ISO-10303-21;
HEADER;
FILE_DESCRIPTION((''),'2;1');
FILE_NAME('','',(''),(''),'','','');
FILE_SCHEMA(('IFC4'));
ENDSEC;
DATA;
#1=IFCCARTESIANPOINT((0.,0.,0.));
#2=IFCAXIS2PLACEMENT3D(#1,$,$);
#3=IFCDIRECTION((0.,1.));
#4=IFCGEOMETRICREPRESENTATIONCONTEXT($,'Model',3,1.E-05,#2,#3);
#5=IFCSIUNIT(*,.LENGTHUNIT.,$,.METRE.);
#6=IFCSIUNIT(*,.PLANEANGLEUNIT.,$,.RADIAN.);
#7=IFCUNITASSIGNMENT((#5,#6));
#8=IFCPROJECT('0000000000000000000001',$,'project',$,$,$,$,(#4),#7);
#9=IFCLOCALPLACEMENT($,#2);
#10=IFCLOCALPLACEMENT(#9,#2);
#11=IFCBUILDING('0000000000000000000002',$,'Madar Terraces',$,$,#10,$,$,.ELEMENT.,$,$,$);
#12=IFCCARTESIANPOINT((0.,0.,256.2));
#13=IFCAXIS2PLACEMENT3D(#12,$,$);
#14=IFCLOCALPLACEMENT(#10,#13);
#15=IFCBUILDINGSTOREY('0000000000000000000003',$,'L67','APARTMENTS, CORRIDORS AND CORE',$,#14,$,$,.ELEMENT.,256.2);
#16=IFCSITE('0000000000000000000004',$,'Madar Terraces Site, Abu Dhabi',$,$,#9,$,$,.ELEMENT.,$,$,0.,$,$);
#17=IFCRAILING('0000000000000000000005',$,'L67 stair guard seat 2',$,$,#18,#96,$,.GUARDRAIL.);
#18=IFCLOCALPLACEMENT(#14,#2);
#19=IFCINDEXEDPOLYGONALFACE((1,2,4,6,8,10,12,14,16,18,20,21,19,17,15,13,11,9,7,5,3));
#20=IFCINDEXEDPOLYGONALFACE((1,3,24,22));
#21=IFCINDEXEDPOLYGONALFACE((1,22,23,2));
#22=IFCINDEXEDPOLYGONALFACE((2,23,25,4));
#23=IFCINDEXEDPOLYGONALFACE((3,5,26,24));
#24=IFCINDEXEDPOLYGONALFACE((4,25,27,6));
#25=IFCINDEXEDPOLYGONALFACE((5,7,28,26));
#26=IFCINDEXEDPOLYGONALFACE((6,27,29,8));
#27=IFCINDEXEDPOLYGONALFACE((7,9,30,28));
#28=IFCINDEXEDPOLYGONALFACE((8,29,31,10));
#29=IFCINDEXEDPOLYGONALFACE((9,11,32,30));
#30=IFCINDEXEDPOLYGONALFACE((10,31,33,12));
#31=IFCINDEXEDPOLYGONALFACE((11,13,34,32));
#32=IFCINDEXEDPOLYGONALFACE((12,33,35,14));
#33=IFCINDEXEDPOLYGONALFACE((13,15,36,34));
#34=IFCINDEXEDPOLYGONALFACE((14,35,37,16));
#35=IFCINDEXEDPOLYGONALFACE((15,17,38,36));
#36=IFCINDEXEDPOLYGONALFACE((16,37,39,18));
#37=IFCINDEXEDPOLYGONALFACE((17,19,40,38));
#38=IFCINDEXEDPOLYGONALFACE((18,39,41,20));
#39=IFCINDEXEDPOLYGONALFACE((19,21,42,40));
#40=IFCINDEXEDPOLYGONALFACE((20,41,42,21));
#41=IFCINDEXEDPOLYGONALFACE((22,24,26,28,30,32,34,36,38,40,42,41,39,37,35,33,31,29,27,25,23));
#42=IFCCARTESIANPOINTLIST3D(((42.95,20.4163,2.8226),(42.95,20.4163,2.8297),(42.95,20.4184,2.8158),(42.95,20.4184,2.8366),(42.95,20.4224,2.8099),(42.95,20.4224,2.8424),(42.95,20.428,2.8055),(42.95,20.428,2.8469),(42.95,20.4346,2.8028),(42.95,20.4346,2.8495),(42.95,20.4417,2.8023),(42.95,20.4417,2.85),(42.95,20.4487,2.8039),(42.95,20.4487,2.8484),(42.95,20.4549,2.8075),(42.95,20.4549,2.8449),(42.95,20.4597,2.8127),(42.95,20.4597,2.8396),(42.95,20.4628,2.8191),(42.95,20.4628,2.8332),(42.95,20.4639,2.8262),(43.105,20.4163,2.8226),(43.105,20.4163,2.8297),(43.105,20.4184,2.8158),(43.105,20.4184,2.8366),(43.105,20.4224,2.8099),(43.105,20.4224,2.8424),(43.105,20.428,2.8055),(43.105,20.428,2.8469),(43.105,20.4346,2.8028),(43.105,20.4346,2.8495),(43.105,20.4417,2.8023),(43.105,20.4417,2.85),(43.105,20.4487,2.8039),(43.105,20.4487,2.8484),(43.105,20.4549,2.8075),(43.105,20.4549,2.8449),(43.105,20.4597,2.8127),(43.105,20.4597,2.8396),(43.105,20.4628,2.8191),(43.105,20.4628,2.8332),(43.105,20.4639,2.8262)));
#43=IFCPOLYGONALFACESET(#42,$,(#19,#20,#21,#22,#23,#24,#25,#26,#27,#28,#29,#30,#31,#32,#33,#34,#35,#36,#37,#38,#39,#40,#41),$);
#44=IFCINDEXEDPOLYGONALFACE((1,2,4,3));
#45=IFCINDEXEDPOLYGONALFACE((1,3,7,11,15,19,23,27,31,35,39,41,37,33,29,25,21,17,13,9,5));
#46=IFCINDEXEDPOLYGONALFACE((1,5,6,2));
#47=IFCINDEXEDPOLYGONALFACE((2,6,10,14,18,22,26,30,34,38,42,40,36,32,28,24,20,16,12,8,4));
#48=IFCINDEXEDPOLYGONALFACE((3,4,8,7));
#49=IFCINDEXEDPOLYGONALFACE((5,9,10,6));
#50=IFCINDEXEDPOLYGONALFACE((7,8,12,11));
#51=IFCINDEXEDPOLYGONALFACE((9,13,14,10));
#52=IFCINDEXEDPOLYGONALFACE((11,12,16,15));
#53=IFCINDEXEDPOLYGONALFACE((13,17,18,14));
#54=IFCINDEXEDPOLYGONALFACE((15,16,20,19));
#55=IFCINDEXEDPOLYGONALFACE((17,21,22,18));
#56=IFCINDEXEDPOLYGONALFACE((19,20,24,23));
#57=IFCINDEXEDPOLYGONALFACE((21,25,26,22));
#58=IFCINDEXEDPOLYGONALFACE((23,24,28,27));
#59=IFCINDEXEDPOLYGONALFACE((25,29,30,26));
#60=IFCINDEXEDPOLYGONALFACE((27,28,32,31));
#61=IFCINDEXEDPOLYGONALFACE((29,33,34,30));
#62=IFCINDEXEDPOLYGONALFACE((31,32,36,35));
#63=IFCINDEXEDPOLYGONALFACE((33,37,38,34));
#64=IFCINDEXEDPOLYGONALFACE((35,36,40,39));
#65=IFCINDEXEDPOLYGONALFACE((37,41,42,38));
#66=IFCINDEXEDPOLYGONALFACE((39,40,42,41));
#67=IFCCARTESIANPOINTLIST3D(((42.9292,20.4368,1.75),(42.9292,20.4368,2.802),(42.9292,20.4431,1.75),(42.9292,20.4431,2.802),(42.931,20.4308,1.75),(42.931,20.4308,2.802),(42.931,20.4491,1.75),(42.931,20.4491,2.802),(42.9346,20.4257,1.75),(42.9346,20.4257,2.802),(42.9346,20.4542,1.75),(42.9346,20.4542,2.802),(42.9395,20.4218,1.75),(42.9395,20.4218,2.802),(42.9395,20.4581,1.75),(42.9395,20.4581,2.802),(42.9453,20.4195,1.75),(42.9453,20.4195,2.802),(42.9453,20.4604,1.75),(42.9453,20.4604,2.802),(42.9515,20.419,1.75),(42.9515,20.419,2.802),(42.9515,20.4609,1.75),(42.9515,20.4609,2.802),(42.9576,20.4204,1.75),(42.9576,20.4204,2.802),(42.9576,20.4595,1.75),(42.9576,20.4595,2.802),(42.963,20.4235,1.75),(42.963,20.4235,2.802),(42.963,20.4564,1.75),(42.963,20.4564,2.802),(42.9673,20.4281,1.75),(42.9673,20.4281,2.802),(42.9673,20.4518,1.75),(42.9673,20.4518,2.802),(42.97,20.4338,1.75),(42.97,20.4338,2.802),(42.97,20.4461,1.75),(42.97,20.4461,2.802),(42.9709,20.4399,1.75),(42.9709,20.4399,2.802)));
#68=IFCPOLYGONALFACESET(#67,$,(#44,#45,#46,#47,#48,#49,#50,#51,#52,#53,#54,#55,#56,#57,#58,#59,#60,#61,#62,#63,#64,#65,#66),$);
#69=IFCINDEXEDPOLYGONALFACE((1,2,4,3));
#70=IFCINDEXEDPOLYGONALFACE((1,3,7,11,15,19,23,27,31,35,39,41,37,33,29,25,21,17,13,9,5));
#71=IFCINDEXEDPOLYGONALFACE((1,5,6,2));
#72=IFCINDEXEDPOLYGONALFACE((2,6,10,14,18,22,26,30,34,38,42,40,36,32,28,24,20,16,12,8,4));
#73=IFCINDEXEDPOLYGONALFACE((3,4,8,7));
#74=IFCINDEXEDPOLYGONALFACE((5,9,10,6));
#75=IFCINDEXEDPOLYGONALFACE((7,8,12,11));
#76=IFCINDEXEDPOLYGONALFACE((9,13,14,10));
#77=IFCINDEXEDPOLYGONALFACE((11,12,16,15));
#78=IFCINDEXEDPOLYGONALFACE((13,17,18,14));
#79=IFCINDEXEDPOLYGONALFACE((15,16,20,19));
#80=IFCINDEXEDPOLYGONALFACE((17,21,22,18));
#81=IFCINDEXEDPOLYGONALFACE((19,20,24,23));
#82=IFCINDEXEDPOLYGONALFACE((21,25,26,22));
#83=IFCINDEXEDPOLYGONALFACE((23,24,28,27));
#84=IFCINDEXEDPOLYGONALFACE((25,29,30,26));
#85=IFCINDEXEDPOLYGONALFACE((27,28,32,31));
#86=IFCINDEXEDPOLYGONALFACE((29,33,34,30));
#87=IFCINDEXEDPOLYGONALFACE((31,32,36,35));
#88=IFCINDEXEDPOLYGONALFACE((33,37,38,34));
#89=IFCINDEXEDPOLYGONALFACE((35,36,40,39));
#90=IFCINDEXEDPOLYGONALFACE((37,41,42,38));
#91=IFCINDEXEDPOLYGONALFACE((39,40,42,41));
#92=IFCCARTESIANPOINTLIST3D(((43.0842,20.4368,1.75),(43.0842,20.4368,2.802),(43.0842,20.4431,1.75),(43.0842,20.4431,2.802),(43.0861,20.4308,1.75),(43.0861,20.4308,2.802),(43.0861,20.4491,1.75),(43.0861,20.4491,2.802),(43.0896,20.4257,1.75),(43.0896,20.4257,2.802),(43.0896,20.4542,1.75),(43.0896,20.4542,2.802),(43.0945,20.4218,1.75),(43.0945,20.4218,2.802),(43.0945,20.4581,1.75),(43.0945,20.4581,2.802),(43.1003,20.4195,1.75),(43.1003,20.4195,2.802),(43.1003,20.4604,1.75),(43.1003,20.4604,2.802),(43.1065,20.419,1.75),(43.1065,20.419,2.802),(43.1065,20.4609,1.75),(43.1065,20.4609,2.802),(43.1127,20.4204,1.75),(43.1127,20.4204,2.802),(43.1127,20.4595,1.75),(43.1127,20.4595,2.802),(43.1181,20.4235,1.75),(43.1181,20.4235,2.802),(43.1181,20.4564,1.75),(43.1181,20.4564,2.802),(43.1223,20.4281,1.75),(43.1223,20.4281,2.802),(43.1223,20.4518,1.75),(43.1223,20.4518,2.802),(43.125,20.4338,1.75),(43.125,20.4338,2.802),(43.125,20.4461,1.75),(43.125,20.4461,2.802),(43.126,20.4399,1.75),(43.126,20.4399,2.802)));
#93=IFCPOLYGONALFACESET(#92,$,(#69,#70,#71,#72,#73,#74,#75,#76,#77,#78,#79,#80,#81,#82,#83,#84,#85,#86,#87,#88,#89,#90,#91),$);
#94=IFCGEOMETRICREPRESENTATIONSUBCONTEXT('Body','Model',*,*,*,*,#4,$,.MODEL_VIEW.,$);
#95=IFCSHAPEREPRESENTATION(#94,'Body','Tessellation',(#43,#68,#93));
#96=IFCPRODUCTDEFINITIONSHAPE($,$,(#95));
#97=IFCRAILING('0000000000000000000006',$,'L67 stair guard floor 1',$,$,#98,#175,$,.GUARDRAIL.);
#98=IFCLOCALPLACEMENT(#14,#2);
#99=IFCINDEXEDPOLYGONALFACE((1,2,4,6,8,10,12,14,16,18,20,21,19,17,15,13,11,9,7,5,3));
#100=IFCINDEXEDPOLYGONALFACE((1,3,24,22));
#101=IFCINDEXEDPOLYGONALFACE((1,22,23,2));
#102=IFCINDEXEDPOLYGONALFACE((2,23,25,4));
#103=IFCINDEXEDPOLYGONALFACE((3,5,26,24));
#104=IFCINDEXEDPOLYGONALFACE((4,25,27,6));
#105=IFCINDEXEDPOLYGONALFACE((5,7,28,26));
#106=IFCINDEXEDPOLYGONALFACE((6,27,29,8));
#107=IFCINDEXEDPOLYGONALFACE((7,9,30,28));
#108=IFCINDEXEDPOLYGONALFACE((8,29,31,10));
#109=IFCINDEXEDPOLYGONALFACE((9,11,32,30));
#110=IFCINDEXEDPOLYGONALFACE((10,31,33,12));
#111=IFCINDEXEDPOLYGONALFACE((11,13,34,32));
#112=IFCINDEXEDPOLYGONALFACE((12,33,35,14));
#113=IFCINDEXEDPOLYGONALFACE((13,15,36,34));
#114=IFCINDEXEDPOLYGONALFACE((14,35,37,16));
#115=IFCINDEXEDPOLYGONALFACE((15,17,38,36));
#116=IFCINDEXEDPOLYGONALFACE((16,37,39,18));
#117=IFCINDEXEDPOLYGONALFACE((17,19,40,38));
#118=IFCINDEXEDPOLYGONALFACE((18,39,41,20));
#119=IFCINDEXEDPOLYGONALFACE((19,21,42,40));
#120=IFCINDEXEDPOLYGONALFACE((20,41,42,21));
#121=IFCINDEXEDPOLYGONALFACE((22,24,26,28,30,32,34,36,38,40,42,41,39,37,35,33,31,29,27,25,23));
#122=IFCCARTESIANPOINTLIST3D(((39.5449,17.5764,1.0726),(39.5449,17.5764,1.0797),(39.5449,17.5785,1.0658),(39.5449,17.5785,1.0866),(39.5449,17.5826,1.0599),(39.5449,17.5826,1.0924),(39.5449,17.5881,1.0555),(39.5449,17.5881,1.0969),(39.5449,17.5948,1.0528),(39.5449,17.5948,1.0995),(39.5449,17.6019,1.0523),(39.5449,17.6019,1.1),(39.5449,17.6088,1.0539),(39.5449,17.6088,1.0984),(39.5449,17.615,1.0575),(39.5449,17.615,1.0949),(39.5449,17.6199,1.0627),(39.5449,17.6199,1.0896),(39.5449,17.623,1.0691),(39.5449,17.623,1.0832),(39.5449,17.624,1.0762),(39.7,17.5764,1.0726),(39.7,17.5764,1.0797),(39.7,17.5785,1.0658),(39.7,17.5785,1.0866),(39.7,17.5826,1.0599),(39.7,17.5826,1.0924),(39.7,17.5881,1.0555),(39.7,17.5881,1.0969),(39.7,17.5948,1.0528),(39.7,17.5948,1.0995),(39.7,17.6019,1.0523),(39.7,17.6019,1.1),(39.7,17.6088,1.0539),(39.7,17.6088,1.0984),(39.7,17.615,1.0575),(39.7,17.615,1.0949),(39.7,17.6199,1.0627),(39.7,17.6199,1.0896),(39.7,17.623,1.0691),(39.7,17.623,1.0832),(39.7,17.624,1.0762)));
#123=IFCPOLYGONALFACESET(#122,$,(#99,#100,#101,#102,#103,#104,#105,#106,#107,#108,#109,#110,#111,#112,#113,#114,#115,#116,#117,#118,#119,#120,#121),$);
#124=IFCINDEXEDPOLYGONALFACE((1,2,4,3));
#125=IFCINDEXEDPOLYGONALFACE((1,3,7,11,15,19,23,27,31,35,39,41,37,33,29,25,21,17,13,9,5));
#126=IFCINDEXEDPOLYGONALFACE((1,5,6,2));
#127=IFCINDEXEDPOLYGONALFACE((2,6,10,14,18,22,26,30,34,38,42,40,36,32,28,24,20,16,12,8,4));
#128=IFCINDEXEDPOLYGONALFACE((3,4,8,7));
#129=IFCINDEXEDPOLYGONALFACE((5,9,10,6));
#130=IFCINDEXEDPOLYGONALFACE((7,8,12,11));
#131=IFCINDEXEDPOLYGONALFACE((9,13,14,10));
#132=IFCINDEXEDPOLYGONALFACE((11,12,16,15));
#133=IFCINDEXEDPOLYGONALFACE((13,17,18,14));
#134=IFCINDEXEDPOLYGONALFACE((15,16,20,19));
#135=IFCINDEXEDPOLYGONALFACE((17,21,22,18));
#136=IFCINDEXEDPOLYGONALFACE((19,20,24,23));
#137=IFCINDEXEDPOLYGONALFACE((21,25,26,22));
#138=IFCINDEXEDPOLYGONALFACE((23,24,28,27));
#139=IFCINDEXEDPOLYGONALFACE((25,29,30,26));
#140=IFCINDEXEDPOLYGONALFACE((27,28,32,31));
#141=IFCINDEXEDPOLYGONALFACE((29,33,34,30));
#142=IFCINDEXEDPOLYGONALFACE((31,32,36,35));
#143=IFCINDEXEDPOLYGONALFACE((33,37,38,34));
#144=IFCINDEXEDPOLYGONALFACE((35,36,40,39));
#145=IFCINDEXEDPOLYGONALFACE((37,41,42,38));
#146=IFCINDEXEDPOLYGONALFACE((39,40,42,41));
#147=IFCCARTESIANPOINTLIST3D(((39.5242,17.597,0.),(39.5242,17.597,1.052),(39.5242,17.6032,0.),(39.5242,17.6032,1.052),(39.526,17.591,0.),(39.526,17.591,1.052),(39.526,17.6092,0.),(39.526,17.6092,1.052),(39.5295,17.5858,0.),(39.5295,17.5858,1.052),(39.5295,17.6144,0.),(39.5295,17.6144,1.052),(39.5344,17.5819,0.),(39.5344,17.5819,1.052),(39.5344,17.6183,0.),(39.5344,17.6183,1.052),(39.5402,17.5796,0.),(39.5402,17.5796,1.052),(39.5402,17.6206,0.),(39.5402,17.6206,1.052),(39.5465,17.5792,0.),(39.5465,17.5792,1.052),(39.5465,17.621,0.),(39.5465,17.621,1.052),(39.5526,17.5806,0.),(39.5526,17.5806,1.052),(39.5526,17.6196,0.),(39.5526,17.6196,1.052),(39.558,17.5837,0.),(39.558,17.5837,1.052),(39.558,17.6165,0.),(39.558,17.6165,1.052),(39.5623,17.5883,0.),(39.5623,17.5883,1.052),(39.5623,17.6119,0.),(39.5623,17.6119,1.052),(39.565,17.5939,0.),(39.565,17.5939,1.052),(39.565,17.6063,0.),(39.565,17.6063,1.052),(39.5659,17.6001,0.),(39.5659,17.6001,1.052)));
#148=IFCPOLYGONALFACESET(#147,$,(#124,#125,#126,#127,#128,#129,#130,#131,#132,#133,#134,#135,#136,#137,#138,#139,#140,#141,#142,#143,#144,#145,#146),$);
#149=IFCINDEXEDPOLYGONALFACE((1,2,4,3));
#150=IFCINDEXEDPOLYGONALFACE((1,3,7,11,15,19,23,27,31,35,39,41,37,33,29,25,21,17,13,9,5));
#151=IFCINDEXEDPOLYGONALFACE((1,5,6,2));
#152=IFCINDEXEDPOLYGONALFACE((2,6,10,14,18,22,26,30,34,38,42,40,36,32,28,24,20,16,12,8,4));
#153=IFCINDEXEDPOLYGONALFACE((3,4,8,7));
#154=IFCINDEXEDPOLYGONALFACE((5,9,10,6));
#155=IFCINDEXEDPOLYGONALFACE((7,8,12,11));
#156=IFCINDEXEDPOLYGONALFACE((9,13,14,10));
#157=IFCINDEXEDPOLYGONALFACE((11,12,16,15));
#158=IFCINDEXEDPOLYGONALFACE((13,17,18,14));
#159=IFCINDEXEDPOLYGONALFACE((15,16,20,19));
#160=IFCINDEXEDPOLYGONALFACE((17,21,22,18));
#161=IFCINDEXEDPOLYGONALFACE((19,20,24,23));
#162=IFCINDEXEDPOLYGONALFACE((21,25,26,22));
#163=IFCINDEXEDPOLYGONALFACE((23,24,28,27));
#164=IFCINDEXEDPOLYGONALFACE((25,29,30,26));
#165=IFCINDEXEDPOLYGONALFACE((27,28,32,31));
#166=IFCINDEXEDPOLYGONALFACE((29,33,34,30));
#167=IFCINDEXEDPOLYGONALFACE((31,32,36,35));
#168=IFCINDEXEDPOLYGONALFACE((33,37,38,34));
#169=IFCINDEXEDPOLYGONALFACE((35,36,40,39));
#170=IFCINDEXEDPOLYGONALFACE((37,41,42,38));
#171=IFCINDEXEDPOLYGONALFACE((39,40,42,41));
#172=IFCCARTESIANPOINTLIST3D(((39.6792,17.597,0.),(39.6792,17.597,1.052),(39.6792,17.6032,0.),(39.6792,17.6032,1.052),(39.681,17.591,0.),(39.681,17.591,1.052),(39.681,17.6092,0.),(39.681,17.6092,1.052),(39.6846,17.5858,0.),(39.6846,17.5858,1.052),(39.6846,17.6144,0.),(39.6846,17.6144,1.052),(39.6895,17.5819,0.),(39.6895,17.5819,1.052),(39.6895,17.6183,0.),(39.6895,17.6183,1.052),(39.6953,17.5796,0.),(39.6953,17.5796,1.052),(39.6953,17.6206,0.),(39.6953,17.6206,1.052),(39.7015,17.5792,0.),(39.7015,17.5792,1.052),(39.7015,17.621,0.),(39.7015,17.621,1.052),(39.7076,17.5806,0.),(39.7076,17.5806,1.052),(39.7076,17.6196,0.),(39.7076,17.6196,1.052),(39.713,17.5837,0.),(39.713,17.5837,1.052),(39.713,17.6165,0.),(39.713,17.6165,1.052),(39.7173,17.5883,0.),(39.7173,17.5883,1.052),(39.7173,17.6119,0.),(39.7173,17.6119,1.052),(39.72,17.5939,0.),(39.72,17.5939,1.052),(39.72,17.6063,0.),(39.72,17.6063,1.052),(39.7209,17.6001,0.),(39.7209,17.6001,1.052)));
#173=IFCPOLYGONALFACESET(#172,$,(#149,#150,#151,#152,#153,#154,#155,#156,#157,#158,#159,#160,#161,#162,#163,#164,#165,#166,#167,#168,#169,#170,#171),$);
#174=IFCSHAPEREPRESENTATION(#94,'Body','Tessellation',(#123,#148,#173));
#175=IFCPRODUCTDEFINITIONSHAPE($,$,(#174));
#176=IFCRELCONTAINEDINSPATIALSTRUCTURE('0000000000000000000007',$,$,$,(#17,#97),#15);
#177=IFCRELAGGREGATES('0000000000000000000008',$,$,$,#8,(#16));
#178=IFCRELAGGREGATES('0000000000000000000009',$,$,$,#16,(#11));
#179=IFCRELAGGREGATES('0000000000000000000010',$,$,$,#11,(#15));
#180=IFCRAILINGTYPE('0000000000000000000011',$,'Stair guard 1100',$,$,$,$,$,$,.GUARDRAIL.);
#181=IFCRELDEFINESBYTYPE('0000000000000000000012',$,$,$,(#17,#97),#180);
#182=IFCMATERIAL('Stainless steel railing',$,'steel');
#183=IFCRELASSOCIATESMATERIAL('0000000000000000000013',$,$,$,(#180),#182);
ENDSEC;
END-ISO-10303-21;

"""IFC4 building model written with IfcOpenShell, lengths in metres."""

from ifc_helpers import new_model, si_unit, direction, frame, origin, origin_2d, place, context, subcontext, project, spatial, circle, extrude, material, type_object, element, save


model = new_model("IFC4")

# Units and contexts
model_context = context("Model", 3, precision=1e-05, world=origin(), true_north=direction((0.0, 1.0)))
body_context = subcontext(model_context, "Body", "Model", "MODEL_VIEW")
ifc_project = project(units=[si_unit("LENGTHUNIT", "METRE"), si_unit("PLANEANGLEUNIT", "RADIAN")], contexts=[model_context])

# Site, building, storey
site_placement = place(None, origin())
site = spatial("IfcSite", under=ifc_project, at=site_placement, Name="Madar Terraces Site, Abu Dhabi", CompositionType="ELEMENT", RefElevation=0.0)
building_placement = place(site_placement, origin())
building = spatial("IfcBuilding", under=site, at=building_placement, Name="Madar Terraces", CompositionType="ELEMENT")
storey_placement = place(building_placement, frame((0.0, 0.0, 256.2)))
storey = spatial("IfcBuildingStorey", under=building, at=storey_placement, Name="L67", Description="APARTMENTS, CORRIDORS AND CORE", CompositionType="ELEMENT", Elevation=256.2)

# Railings
ifc_material_1 = material(Name="Stainless steel railing", Category="steel")
railing_type_1 = type_object("IfcRailingType", Name="Stair guard 1100", PredefinedType="GUARDRAIL", material=ifc_material_1)
for number, where, name in (
    (1, (42.95, 20.4399, 1.75), "L67 stair guard seat 2"),
    (2, (39.5449, 17.6001, 0.0), "L67 stair guard floor 1"),
):
    element("IfcRailing", number, at=place(storey_placement, frame(where)), inside=storey, type_object=railing_type_1, Name=name, PredefinedType="GUARDRAIL", context=body_context, shape_type="SweptSolid", body=[
        extrude(circle(Radius=0.0239, at=origin_2d()), frame((0.0, 0.0, 1.0762), z_axis=(1.0, 0.0, 0.0), x_axis=(0.0, 1.0, 0.0)), (0.0, 0.0, 1.0), 0.155),
        extrude(circle(Radius=0.021, at=origin_2d()), origin(), (0.0, 0.0, 1.0), 1.052),
        extrude(circle(Radius=0.021, at=origin_2d()), frame((0.155, 0.0, 0.0)), (0.0, 0.0, 1.0), 1.052),
    ])

save(model, "model.ifc")
